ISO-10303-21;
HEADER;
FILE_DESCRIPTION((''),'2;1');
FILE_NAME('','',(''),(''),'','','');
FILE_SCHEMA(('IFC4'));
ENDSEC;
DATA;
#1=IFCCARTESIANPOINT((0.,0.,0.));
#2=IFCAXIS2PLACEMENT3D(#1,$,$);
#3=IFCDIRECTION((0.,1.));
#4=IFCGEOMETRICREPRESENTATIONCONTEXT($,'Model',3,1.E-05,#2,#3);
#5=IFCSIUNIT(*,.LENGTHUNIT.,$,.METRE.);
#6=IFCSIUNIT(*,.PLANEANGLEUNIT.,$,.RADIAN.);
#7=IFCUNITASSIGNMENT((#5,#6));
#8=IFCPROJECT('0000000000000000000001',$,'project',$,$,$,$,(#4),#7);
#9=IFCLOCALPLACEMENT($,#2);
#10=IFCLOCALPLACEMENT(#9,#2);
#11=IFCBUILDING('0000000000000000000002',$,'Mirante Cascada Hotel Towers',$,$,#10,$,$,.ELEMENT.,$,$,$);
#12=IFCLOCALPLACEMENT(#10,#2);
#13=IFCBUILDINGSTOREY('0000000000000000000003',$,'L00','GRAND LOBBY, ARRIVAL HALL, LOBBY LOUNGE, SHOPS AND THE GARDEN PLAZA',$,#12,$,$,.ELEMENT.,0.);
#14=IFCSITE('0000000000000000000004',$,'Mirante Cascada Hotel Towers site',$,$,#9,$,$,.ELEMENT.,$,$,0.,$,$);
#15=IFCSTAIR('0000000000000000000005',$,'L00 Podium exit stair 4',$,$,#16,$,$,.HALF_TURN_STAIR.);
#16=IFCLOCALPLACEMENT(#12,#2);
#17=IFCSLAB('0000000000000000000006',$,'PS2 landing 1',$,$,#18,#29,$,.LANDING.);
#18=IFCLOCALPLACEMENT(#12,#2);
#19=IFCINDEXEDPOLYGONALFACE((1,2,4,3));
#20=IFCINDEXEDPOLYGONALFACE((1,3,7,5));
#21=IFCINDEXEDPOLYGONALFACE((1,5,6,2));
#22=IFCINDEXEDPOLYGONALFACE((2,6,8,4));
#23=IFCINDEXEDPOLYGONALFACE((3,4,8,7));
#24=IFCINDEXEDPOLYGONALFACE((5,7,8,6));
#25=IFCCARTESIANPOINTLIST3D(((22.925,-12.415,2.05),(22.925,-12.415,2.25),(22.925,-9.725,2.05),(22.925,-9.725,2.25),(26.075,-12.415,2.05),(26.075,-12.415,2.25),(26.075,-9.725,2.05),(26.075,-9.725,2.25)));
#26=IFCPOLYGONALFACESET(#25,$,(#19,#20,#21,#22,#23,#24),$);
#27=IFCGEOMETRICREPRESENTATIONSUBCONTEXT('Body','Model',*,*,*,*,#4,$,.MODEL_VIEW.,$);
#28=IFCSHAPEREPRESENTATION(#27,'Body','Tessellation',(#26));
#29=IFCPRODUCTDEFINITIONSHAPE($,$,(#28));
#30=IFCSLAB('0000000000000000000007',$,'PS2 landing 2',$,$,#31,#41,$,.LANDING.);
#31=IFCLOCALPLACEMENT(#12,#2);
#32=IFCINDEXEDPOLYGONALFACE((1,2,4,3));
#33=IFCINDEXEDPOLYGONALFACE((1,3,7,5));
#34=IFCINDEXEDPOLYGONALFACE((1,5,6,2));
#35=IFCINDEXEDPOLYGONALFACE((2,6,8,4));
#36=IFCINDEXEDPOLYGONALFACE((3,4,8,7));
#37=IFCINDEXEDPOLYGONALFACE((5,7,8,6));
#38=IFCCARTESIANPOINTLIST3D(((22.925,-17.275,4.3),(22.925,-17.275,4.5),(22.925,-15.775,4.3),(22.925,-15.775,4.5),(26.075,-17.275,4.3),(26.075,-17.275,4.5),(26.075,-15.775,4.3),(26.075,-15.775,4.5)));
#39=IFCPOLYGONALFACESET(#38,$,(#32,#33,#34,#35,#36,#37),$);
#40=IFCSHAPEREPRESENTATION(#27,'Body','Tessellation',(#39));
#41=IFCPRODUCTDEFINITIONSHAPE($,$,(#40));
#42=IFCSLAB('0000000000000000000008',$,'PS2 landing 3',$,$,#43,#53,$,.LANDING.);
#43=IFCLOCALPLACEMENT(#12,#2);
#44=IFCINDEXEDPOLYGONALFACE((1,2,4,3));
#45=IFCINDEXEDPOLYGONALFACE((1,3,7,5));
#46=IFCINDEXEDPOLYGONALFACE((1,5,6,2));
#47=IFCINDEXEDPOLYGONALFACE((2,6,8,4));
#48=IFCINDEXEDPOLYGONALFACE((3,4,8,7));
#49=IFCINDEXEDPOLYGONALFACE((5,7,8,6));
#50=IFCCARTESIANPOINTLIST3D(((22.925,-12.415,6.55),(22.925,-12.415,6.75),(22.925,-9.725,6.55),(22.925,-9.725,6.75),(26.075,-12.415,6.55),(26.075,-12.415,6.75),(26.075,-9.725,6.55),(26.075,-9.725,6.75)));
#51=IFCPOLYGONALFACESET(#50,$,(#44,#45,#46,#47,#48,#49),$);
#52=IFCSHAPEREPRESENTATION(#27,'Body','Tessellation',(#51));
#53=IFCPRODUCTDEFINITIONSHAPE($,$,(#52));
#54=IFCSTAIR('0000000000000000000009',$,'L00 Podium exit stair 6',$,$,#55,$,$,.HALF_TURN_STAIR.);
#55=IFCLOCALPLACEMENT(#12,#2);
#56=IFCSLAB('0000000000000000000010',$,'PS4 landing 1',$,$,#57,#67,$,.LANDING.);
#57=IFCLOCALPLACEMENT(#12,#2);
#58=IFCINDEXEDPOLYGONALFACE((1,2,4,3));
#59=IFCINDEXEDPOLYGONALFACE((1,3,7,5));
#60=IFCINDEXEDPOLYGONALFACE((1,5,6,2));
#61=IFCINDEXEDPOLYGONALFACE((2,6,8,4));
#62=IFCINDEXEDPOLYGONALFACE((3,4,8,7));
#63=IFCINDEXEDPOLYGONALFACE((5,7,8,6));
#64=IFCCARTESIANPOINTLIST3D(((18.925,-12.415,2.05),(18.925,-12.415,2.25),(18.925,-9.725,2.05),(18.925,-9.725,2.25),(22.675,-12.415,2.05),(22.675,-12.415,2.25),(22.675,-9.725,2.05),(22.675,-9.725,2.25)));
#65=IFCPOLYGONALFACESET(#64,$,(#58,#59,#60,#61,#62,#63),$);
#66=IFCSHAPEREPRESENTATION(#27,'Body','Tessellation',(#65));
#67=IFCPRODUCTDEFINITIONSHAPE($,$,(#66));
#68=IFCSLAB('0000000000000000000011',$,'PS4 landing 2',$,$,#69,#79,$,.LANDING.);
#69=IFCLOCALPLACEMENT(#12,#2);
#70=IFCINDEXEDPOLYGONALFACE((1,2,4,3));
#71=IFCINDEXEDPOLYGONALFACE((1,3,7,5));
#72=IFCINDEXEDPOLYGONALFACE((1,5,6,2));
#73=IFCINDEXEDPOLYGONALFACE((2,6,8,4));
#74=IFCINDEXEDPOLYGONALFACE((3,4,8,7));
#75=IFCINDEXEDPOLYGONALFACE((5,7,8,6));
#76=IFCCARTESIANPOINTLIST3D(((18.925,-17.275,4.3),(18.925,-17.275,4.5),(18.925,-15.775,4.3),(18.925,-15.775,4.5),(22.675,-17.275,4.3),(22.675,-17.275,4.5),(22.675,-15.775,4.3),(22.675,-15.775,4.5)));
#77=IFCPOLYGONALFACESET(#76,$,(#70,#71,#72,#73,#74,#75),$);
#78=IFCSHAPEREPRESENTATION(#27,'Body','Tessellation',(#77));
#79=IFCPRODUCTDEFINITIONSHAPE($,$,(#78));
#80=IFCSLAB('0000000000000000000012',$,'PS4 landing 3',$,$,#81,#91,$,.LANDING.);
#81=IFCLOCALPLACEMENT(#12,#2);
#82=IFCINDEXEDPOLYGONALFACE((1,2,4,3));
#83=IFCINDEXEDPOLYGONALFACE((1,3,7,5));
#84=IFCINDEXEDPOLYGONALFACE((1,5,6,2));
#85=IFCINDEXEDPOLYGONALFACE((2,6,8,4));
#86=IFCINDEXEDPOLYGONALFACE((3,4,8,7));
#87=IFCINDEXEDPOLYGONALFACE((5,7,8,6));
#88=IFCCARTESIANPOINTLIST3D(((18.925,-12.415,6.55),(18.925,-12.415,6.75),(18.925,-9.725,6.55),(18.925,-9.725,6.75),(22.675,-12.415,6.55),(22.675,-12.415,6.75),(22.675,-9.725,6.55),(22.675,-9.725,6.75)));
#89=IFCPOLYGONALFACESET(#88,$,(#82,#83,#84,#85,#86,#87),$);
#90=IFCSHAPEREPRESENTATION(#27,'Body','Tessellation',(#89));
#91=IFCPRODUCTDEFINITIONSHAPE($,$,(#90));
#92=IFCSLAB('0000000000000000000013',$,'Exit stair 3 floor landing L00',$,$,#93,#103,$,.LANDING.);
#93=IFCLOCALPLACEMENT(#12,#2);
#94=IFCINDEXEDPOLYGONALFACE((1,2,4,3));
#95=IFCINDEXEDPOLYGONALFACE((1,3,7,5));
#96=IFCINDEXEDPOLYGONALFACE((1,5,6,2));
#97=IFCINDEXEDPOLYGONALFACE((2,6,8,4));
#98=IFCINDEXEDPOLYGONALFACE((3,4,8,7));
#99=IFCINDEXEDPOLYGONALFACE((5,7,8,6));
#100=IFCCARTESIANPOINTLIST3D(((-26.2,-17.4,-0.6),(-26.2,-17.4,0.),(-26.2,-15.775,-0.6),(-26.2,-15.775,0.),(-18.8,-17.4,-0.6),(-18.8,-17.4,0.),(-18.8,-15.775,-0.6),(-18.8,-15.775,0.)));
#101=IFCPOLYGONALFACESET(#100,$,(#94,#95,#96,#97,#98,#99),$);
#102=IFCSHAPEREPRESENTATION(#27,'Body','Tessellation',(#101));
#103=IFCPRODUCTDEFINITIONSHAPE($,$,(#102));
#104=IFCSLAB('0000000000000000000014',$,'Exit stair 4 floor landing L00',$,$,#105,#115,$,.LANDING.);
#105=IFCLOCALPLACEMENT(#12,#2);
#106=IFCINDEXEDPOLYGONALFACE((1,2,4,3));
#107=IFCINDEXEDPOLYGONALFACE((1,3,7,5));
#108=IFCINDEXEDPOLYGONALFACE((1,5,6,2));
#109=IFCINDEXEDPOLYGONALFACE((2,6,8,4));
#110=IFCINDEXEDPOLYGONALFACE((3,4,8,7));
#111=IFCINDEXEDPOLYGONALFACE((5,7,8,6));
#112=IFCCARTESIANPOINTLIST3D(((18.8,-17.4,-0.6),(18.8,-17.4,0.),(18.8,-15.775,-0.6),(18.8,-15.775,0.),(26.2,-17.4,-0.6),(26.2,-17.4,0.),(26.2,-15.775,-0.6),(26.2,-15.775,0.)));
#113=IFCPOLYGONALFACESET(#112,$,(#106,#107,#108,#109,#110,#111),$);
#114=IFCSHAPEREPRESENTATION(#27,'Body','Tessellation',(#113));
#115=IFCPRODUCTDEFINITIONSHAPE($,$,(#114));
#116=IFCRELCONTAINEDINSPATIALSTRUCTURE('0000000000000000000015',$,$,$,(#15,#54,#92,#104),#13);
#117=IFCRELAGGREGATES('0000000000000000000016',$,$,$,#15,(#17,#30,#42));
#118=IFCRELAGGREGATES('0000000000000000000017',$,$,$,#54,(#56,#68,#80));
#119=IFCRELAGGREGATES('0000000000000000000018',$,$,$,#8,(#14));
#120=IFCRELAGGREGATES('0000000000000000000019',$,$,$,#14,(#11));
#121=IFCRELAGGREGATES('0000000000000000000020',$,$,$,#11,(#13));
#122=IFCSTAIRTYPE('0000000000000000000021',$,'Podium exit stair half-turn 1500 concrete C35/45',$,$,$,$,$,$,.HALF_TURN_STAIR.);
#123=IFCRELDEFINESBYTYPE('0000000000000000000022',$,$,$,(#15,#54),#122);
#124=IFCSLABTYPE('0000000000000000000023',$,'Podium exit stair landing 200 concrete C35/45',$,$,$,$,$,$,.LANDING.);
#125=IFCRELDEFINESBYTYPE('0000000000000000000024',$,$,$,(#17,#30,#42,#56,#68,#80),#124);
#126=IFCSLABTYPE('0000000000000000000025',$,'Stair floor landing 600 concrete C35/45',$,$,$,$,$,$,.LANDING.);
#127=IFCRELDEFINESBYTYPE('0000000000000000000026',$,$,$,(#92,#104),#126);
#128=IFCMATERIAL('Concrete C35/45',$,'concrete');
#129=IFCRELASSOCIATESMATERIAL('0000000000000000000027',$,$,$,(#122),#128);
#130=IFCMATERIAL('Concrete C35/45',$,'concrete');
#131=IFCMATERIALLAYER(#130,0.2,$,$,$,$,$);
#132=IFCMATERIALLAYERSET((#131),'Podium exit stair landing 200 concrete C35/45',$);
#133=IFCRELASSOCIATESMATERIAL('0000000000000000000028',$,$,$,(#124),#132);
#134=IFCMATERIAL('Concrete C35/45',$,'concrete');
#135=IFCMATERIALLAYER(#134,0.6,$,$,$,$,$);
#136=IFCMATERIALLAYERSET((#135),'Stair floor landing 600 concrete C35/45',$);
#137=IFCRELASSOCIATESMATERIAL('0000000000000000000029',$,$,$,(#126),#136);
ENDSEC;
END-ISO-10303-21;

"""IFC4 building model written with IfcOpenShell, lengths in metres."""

from ifc_helpers import new_model, si_unit, direction, frame, origin, place, context, subcontext, project, spatial, polyline, outline, extrude, material, layer, layer_set, type_object, element, aggregate, save


model = new_model("IFC4")

# Units and contexts
model_context = context("Model", 3, precision=1e-05, world=origin(), true_north=direction((0.0, 1.0)))
body_context = subcontext(model_context, "Body", "Model", "MODEL_VIEW")
ifc_project = project(units=[si_unit("LENGTHUNIT", "METRE"), si_unit("PLANEANGLEUNIT", "RADIAN")], contexts=[model_context])

# Site, building, storey
site_placement = place(None, origin())
site = spatial("IfcSite", under=ifc_project, at=site_placement, Name="Mirante Cascada Hotel Towers site", CompositionType="ELEMENT", RefElevation=0.0)
building_placement = place(site_placement, origin())
building = spatial("IfcBuilding", under=site, at=building_placement, Name="Mirante Cascada Hotel Towers", CompositionType="ELEMENT")
storey_placement = place(building_placement, origin())
storey = spatial("IfcBuildingStorey", under=building, at=storey_placement, Name="L00", Description="GRAND LOBBY, ARRIVAL HALL, LOBBY LOUNGE, SHOPS AND THE GARDEN PLAZA", CompositionType="ELEMENT", Elevation=0.0)

# Stairs, slabs
ifc_material_1 = material(Name="Concrete C35/45", Category="concrete")
stair_type_1 = type_object("IfcStairType", Name="Podium exit stair half-turn 1500 concrete C35/45", PredefinedType="HALF_TURN_STAIR", material=ifc_material_1)
ifc_material_2 = material(Name="Concrete C35/45", Category="concrete")
ifc_layer_1 = layer(ifc_material_2, 0.2)
ifc_layer_set_1 = layer_set([ifc_layer_1], Name="Podium exit stair landing 200 concrete C35/45")
slab_type_1 = type_object("IfcSlabType", Name="Podium exit stair landing 200 concrete C35/45", PredefinedType="LANDING", material=ifc_layer_set_1)
stair_1_placement = place(storey_placement, origin())
stair_1 = element("IfcStair", 1, at=stair_1_placement, inside=storey, type_object=stair_type_1, Name="L00 Podium exit stair 4", PredefinedType="HALF_TURN_STAIR")
slab_1_placement = place(storey_placement, frame((0.0, 0.0, 2.05)))
slab_1 = element("IfcSlab", 2, at=slab_1_placement, type_object=slab_type_1, Name="PS2 landing 1", PredefinedType="LANDING", context=body_context, shape_type="SweptSolid", body=[
    extrude(outline(polyline([(26.075, -12.415), (26.075, -9.725), (22.925, -9.725), (22.925, -12.415), (26.075, -12.415)])), origin(), (0.0, 0.0, 1.0), 0.2),
])
slab_2_placement = place(storey_placement, frame((0.0, 0.0, 4.3)))
slab_2 = element("IfcSlab", 3, at=slab_2_placement, type_object=slab_type_1, Name="PS2 landing 2", PredefinedType="LANDING", context=body_context, shape_type="SweptSolid", body=[
    extrude(outline(polyline([(26.075, -17.275), (26.075, -15.775), (22.925, -15.775), (22.925, -17.275), (26.075, -17.275)])), origin(), (0.0, 0.0, 1.0), 0.2),
])
slab_3_placement = place(storey_placement, frame((0.0, 0.0, 6.55)))
slab_3 = element("IfcSlab", 4, at=slab_3_placement, type_object=slab_type_1, Name="PS2 landing 3", PredefinedType="LANDING", context=body_context, shape_type="SweptSolid", body=[
    extrude(outline(polyline([(26.075, -12.415), (26.075, -9.725), (22.925, -9.725), (22.925, -12.415), (26.075, -12.415)])), origin(), (0.0, 0.0, 1.0), 0.2),
])
aggregate(stair_1, [slab_1, slab_2, slab_3])
stair_2_placement = place(storey_placement, origin())
stair_2 = element("IfcStair", 5, at=stair_2_placement, inside=storey, type_object=stair_type_1, Name="L00 Podium exit stair 6", PredefinedType="HALF_TURN_STAIR")
slab_4_placement = place(storey_placement, frame((0.0, 0.0, 2.05)))
slab_4 = element("IfcSlab", 6, at=slab_4_placement, type_object=slab_type_1, Name="PS4 landing 1", PredefinedType="LANDING", context=body_context, shape_type="SweptSolid", body=[
    extrude(outline(polyline([(22.675, -12.415), (22.675, -9.725), (18.925, -9.725), (18.925, -12.415), (22.675, -12.415)])), origin(), (0.0, 0.0, 1.0), 0.2),
])
slab_5_placement = place(storey_placement, frame((0.0, 0.0, 4.3)))
slab_5 = element("IfcSlab", 7, at=slab_5_placement, type_object=slab_type_1, Name="PS4 landing 2", PredefinedType="LANDING", context=body_context, shape_type="SweptSolid", body=[
    extrude(outline(polyline([(22.675, -17.275), (22.675, -15.775), (18.925, -15.775), (18.925, -17.275), (22.675, -17.275)])), origin(), (0.0, 0.0, 1.0), 0.2),
])
slab_6_placement = place(storey_placement, frame((0.0, 0.0, 6.55)))
slab_6 = element("IfcSlab", 8, at=slab_6_placement, type_object=slab_type_1, Name="PS4 landing 3", PredefinedType="LANDING", context=body_context, shape_type="SweptSolid", body=[
    extrude(outline(polyline([(22.675, -12.415), (22.675, -9.725), (18.925, -9.725), (18.925, -12.415), (22.675, -12.415)])), origin(), (0.0, 0.0, 1.0), 0.2),
])
aggregate(stair_2, [slab_4, slab_5, slab_6])

# Slabs
ifc_material_3 = material(Name="Concrete C35/45", Category="concrete")
ifc_layer_2 = layer(ifc_material_3, 0.6)
ifc_layer_set_2 = layer_set([ifc_layer_2], Name="Stair floor landing 600 concrete C35/45")
slab_type_2 = type_object("IfcSlabType", Name="Stair floor landing 600 concrete C35/45", PredefinedType="LANDING", material=ifc_layer_set_2)
slab_7_placement = place(storey_placement, frame((0.0, 0.0, -0.6)))
element("IfcSlab", 9, at=slab_7_placement, inside=storey, type_object=slab_type_2, Name="Exit stair 3 floor landing L00", PredefinedType="LANDING", context=body_context, shape_type="SweptSolid", body=[
    extrude(outline(polyline([(-26.2, -17.4), (-18.8, -17.4), (-18.8, -15.775), (-26.2, -15.775), (-26.2, -17.4)])), origin(), (0.0, 0.0, 1.0), 0.6),
])
slab_8_placement = place(storey_placement, frame((0.0, 0.0, -0.6)))
element("IfcSlab", 10, at=slab_8_placement, inside=storey, type_object=slab_type_2, Name="Exit stair 4 floor landing L00", PredefinedType="LANDING", context=body_context, shape_type="SweptSolid", body=[
    extrude(outline(polyline([(18.8, -17.4), (26.2, -17.4), (26.2, -15.775), (18.8, -15.775), (18.8, -17.4)])), origin(), (0.0, 0.0, 1.0), 0.6),
])

save(model, "model.ifc")
